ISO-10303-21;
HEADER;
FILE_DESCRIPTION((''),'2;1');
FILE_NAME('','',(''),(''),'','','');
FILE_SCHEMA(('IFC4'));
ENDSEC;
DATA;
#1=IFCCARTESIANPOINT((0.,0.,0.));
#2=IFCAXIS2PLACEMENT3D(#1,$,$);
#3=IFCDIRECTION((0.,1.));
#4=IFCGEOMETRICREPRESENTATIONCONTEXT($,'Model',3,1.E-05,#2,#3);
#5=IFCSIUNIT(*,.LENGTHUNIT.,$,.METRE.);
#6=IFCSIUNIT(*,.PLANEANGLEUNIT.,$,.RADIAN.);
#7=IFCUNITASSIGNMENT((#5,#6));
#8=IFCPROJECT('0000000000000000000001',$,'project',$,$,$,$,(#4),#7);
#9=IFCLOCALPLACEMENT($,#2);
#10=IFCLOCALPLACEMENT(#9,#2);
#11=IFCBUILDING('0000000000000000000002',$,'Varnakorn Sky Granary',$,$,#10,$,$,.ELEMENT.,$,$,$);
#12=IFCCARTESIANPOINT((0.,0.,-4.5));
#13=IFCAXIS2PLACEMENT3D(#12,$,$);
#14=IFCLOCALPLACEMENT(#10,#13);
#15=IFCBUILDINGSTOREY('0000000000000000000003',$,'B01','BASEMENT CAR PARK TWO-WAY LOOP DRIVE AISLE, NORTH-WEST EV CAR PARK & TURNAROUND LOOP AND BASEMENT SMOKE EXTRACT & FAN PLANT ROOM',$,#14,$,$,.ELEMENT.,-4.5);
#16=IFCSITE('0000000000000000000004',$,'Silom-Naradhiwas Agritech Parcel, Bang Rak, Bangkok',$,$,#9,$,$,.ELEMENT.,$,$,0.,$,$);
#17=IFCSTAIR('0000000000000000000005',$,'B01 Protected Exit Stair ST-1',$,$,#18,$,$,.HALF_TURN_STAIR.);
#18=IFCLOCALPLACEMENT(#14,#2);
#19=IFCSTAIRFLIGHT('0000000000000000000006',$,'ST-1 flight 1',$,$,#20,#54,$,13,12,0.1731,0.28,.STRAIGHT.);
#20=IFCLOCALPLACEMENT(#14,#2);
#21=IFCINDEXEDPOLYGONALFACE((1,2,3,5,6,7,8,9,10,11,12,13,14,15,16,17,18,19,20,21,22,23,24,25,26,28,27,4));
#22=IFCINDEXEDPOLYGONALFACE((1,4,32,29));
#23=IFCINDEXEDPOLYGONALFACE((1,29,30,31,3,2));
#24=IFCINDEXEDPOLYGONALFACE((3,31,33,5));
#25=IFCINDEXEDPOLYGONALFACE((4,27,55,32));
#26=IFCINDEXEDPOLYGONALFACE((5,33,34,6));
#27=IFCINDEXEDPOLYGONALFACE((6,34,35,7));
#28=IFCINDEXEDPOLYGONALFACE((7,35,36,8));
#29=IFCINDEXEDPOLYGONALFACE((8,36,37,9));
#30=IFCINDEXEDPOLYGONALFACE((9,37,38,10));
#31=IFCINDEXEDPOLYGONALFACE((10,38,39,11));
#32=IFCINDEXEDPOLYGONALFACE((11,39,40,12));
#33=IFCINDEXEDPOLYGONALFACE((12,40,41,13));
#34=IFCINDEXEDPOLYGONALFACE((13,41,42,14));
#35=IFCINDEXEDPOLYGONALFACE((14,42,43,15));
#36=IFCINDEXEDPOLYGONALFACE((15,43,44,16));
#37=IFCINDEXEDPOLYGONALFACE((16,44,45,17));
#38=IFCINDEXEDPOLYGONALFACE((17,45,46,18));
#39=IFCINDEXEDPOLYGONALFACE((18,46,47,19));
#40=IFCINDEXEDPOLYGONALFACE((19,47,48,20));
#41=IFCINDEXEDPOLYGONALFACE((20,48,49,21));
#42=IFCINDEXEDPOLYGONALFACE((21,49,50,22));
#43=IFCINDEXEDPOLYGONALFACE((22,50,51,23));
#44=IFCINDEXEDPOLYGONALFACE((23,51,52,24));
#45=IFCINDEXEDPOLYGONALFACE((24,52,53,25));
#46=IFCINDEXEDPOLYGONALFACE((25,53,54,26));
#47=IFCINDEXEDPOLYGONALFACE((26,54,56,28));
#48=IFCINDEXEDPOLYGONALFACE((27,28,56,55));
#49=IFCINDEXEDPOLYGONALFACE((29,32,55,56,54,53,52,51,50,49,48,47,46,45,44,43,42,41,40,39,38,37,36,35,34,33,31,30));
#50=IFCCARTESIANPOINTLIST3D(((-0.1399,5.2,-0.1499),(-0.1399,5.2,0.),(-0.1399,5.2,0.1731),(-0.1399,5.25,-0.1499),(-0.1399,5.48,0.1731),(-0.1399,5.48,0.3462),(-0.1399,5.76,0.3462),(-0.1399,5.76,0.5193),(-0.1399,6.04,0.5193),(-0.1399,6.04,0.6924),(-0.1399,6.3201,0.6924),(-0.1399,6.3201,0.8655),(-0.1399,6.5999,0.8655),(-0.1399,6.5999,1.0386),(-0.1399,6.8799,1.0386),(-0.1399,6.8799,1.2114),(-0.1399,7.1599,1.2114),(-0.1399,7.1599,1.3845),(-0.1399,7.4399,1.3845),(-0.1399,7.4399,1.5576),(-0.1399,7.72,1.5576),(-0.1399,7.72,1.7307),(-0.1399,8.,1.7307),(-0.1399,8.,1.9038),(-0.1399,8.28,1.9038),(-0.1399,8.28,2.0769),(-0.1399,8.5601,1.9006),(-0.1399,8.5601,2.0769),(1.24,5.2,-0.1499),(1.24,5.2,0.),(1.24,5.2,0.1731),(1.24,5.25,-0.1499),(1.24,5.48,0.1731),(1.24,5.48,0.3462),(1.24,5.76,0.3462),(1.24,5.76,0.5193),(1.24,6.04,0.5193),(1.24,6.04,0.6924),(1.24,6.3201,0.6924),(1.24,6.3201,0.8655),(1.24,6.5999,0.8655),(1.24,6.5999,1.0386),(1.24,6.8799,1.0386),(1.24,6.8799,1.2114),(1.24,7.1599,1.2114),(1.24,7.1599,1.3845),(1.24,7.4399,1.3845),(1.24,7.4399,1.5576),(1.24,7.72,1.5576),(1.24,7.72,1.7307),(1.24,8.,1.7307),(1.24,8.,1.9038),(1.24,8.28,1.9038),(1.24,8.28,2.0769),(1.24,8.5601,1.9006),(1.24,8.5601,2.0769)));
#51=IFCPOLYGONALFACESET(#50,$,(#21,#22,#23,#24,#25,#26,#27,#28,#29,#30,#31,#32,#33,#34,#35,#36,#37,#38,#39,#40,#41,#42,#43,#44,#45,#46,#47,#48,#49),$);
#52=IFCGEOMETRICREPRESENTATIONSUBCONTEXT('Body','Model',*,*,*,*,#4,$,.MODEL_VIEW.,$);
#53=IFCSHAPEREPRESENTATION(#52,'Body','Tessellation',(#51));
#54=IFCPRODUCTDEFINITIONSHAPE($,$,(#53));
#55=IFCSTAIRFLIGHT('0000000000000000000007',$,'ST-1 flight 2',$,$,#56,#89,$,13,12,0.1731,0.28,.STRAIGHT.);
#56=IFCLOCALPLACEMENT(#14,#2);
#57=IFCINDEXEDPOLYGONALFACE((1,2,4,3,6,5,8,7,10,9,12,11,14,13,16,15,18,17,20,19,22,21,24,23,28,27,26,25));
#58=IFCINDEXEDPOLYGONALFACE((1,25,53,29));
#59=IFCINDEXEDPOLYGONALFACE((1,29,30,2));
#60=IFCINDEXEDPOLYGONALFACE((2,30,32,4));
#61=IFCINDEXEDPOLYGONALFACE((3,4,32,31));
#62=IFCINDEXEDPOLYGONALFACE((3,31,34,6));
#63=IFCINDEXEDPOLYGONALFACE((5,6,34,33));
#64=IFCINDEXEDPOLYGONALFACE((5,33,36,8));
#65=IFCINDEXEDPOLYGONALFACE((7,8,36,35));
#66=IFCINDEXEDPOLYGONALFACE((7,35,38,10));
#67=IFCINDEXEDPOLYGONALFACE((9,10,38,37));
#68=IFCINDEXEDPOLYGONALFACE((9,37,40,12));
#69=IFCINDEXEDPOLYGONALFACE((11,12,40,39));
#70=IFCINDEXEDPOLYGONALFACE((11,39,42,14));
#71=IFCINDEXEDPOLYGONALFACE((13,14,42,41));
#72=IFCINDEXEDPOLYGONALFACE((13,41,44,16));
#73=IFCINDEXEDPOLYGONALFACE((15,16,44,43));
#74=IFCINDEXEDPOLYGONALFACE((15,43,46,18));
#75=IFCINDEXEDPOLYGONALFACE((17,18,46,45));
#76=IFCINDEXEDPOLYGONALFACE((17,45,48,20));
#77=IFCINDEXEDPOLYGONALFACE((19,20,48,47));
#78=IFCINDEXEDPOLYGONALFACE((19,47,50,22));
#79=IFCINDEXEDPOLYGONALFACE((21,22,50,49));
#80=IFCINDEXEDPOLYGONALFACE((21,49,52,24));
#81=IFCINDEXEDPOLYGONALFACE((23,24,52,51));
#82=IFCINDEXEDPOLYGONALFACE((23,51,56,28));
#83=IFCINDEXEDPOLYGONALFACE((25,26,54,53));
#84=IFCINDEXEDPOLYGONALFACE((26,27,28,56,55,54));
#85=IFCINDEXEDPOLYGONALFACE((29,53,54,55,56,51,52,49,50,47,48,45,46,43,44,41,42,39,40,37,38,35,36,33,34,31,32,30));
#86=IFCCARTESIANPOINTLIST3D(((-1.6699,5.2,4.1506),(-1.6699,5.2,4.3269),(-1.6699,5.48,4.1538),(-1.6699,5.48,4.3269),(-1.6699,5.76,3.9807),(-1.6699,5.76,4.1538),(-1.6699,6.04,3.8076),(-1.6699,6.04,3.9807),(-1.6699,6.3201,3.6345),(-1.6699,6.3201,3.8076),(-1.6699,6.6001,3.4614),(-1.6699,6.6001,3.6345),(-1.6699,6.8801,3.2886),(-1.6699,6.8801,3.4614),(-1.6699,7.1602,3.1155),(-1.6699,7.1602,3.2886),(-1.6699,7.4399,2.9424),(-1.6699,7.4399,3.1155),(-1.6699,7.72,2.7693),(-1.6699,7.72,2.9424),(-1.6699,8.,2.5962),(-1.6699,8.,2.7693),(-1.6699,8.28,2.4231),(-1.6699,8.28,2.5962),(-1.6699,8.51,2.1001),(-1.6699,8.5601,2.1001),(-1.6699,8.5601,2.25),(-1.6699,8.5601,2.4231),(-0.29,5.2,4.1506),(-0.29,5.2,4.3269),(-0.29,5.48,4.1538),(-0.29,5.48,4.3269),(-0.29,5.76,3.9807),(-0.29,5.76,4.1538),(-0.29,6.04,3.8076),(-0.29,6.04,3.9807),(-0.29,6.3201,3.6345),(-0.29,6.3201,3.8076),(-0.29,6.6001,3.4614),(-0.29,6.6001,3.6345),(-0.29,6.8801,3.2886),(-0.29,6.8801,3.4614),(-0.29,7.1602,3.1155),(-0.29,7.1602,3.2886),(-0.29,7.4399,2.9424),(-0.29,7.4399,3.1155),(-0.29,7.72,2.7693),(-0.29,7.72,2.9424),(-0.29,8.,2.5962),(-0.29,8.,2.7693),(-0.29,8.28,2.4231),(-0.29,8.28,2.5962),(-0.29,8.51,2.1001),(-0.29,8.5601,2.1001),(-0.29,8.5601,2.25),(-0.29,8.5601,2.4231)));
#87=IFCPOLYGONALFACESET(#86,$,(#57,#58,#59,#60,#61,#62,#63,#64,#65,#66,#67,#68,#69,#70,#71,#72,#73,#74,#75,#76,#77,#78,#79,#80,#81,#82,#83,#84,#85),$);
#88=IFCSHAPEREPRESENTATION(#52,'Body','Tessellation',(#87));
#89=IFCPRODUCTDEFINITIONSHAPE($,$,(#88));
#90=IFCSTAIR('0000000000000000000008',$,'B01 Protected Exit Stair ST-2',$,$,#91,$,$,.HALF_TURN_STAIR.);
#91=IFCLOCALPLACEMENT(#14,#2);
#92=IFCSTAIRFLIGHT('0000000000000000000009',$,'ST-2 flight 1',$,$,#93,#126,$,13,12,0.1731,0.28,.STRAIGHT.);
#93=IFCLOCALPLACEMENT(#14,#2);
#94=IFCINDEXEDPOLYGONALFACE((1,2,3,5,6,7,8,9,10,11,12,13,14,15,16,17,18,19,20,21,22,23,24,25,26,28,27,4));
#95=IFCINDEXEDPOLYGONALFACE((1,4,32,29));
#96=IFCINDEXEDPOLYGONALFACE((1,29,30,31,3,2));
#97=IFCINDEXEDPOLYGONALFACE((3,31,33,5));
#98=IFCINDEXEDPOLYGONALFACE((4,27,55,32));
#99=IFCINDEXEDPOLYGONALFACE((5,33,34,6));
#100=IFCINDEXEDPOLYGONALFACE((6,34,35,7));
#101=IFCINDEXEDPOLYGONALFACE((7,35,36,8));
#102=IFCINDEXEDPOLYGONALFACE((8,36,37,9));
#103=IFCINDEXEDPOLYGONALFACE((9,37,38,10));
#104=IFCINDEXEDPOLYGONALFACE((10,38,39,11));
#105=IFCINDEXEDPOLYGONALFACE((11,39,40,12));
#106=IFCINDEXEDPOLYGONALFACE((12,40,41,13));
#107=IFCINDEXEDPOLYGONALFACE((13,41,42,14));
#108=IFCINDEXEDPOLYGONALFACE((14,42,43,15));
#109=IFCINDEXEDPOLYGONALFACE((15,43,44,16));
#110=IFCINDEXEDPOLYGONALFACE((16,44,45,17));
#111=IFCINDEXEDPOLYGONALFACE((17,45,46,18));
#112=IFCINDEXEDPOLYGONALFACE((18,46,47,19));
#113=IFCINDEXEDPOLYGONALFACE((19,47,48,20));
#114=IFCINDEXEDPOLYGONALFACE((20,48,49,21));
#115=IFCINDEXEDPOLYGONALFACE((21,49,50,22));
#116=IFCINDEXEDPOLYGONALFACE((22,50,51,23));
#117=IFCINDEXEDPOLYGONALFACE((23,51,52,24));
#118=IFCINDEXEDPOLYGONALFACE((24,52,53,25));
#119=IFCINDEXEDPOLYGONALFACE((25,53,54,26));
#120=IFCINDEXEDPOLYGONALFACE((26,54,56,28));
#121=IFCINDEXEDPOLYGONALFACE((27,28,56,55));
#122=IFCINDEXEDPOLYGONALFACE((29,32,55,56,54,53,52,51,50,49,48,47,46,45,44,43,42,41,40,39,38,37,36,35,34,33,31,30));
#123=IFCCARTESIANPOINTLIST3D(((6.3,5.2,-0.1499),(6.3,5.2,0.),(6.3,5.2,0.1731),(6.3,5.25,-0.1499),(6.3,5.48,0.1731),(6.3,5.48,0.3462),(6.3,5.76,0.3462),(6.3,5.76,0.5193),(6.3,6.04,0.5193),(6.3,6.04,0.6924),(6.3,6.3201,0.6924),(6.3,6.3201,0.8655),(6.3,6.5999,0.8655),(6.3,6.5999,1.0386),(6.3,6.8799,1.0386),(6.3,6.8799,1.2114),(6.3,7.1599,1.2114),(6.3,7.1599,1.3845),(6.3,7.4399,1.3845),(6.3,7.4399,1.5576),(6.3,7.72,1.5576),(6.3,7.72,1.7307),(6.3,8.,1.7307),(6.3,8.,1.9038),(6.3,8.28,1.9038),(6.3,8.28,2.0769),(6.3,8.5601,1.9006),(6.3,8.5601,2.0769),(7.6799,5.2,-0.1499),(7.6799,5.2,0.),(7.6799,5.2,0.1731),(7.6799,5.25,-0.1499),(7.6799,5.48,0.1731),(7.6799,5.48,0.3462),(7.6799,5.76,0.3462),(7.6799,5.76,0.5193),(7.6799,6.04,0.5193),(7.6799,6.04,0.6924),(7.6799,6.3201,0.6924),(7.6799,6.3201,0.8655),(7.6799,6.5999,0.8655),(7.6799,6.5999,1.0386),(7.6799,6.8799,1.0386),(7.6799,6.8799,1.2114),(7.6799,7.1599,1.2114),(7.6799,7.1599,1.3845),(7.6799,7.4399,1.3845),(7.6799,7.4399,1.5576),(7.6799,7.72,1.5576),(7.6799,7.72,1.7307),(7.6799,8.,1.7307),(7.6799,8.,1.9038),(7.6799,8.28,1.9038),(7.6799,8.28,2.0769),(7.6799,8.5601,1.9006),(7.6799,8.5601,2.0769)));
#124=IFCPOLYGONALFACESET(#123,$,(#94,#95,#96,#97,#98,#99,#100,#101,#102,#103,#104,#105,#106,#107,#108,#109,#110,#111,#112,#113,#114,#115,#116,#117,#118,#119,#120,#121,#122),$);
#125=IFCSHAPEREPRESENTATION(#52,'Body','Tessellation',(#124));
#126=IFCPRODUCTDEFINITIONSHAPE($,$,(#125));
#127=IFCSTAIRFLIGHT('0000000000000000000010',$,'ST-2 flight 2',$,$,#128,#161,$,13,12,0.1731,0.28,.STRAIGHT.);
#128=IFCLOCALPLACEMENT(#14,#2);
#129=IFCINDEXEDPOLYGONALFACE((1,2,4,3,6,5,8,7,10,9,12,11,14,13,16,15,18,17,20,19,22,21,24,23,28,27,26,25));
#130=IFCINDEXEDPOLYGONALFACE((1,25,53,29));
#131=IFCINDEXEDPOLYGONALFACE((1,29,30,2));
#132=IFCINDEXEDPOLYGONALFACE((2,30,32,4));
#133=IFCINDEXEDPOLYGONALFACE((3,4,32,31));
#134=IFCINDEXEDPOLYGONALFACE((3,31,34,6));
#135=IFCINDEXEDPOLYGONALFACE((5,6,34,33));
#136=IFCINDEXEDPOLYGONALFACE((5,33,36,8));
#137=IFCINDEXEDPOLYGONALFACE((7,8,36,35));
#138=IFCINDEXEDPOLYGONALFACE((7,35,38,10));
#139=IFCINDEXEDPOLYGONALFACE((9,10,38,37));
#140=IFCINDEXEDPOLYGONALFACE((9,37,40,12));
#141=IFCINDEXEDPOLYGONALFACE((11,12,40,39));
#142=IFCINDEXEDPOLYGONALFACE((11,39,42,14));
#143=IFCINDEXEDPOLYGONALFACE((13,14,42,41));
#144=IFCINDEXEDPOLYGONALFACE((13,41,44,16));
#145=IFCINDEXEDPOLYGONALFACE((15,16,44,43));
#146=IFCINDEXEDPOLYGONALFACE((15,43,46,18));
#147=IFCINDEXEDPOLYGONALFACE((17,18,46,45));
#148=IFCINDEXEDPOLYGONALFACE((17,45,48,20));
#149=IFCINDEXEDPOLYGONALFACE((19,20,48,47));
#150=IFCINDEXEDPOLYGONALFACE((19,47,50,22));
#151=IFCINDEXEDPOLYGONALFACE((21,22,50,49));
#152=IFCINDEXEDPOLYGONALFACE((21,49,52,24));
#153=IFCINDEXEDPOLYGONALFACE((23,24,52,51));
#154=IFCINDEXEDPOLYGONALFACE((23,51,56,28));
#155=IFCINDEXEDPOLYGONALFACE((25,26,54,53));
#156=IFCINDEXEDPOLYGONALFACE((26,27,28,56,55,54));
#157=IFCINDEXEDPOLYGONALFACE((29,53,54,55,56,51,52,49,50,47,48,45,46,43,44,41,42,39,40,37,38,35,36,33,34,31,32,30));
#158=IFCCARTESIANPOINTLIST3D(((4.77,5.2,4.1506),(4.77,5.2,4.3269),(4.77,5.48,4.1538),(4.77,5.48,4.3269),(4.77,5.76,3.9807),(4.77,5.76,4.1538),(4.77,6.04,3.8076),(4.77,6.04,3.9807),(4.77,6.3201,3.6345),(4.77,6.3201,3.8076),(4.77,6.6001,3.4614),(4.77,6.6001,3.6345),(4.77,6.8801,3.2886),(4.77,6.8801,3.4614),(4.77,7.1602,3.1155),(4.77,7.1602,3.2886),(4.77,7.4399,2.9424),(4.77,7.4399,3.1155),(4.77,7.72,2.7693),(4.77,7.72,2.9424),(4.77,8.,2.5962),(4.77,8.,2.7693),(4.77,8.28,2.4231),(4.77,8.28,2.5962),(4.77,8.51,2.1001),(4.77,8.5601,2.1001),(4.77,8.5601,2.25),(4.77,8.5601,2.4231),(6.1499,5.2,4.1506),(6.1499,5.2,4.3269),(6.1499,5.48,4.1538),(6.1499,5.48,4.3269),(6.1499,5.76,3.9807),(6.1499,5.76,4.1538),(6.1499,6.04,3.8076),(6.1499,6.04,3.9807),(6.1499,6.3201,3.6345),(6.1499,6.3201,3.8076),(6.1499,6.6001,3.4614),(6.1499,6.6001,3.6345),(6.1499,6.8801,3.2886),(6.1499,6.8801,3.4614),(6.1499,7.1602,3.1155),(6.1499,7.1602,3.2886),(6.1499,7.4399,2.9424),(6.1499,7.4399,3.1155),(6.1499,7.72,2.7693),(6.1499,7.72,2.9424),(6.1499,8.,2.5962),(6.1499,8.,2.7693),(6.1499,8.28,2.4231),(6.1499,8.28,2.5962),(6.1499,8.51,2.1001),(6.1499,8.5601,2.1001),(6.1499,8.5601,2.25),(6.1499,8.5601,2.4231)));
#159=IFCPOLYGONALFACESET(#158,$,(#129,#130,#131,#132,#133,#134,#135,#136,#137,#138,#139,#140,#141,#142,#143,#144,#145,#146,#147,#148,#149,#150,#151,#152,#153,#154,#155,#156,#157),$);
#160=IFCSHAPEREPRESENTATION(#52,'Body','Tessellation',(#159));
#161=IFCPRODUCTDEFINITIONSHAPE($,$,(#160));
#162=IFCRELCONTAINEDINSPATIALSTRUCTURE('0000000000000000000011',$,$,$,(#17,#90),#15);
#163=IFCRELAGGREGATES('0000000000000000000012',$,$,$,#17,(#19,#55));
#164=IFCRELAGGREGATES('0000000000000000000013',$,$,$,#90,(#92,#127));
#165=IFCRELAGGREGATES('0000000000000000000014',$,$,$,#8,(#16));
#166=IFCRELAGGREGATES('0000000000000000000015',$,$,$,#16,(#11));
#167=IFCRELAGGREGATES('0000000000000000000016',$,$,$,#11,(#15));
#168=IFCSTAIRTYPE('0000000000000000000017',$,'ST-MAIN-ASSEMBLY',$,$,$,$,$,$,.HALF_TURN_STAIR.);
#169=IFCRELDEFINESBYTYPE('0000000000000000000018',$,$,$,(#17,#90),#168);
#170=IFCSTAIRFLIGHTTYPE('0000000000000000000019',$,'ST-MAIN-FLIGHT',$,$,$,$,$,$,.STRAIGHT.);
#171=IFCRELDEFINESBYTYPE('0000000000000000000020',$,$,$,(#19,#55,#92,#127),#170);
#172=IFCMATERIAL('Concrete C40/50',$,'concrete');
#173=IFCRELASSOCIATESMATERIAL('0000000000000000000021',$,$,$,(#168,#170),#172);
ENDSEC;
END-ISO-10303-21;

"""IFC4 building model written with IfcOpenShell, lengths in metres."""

from ifc_helpers import new_model, si_unit, direction, frame, origin, place, context, subcontext, project, spatial, polyline, outline, extrude, material, type_object, element, aggregate, save


model = new_model("IFC4")

# Units and contexts
model_context = context("Model", 3, precision=1e-05, world=origin(), true_north=direction((0.0, 1.0)))
body_context = subcontext(model_context, "Body", "Model", "MODEL_VIEW")
ifc_project = project(units=[si_unit("LENGTHUNIT", "METRE"), si_unit("PLANEANGLEUNIT", "RADIAN")], contexts=[model_context])

# Site, building, storey
site_placement = place(None, origin())
site = spatial("IfcSite", under=ifc_project, at=site_placement, Name="Silom-Naradhiwas Agritech Parcel, Bang Rak, Bangkok", CompositionType="ELEMENT", RefElevation=0.0)
building_placement = place(site_placement, origin())
building = spatial("IfcBuilding", under=site, at=building_placement, Name="Varnakorn Sky Granary", CompositionType="ELEMENT")
storey_placement = place(building_placement, frame((0.0, 0.0, -4.5)))
storey = spatial("IfcBuildingStorey", under=building, at=storey_placement, Name="B01", Description="BASEMENT CAR PARK TWO-WAY LOOP DRIVE AISLE, NORTH-WEST EV CAR PARK & TURNAROUND LOOP AND BASEMENT SMOKE EXTRACT & FAN PLANT ROOM", CompositionType="ELEMENT", Elevation=-4.5)

# Stairs, stair flights
ifc_material_1 = material(Name="Concrete C40/50", Category="concrete")
stair_type = type_object("IfcStairType", Name="ST-MAIN-ASSEMBLY", PredefinedType="HALF_TURN_STAIR", material=ifc_material_1)
stair_1_placement = place(storey_placement, origin())
stair_1 = element("IfcStair", 1, at=stair_1_placement, inside=storey, type_object=stair_type, Name="B01 Protected Exit Stair ST-1", PredefinedType="HALF_TURN_STAIR")
stair_flight_type = type_object("IfcStairFlightType", Name="ST-MAIN-FLIGHT", PredefinedType="STRAIGHT", material=ifc_material_1)
stair_flight_1_placement = place(storey_placement, frame((0.55, 5.2, 0.0), z_axis=(0.0, 0.0, 1.0), x_axis=(0.0, 1.0, 0.0)))
stair_flight_1 = element("IfcStairFlight", 2, at=stair_flight_1_placement, type_object=stair_flight_type, Name="ST-1 flight 1", NumberOfRisers=13, NumberOfTreads=12, PredefinedType="STRAIGHT", RiserHeight=0.1731, TreadLength=0.28, context=body_context, shape_type="SweptSolid", body=[
    extrude(outline(polyline([(0.0, -0.1499), (0.0, 0.0), (0.0, 0.1731), (0.28, 0.1731), (0.28, 0.3462), (0.5601, 0.3462), (0.5601, 0.5193), (0.8401, 0.5193), (0.8401, 0.6924), (1.1201, 0.6924), (1.1201, 0.8655), (1.3999, 0.8655), (1.3999, 1.0386), (1.6799, 1.0386), (1.6799, 1.2114), (1.96, 1.2114), (1.96, 1.3845), (2.24, 1.3845), (2.24, 1.5576), (2.52, 1.5576), (2.52, 1.7307), (2.8, 1.7307), (2.8, 1.9038), (3.0801, 1.9038), (3.0801, 2.0769), (3.3601, 2.0769), (3.3601, 2.25), (3.3601, 1.9006), (0.05, -0.1499), (0.0, -0.1499)])), frame((0.0, 0.6899, 0.0), z_axis=(0.0, -1.0, 0.0), x_axis=(1.0, 0.0, 0.0)), (0.0, 0.0, 1.0), 1.3799),
])
stair_flight_2_placement = place(storey_placement, frame((-0.98, 8.5601, 2.25), z_axis=(0.0, 0.0, 1.0), x_axis=(0.0, -1.0, 0.0)))
stair_flight_2 = element("IfcStairFlight", 3, at=stair_flight_2_placement, type_object=stair_flight_type, Name="ST-1 flight 2", NumberOfRisers=13, NumberOfTreads=12, PredefinedType="STRAIGHT", RiserHeight=0.1731, TreadLength=0.28, context=body_context, shape_type="SweptSolid", body=[
    extrude(outline(polyline([(0.0, -0.1499), (0.0, 0.0), (0.0, 0.1731), (0.28, 0.1731), (0.28, 0.3462), (0.5601, 0.3462), (0.5601, 0.5193), (0.8401, 0.5193), (0.8401, 0.6924), (1.1201, 0.6924), (1.1201, 0.8655), (1.3999, 0.8655), (1.3999, 1.0386), (1.6799, 1.0386), (1.6799, 1.2114), (1.96, 1.2114), (1.96, 1.3845), (2.24, 1.3845), (2.24, 1.5576), (2.52, 1.5576), (2.52, 1.7307), (2.8, 1.7307), (2.8, 1.9038), (3.0801, 1.9038), (3.0801, 2.0769), (3.3601, 2.0769), (3.3601, 2.25), (3.3601, 1.9006), (0.05, -0.1499), (0.0, -0.1499)])), frame((0.0, 0.6899, 0.0), z_axis=(0.0, -1.0, 0.0), x_axis=(1.0, 0.0, 0.0)), (0.0, 0.0, 1.0), 1.3799),
])
aggregate(stair_1, [stair_flight_1, stair_flight_2])
stair_2_placement = place(storey_placement, origin())
stair_2 = element("IfcStair", 4, at=stair_2_placement, inside=storey, type_object=stair_type, Name="B01 Protected Exit Stair ST-2", PredefinedType="HALF_TURN_STAIR")
stair_flight_3_placement = place(storey_placement, frame((6.99, 5.2, 0.0), z_axis=(0.0, 0.0, 1.0), x_axis=(0.0, 1.0, 0.0)))
stair_flight_3 = element("IfcStairFlight", 5, at=stair_flight_3_placement, type_object=stair_flight_type, Name="ST-2 flight 1", NumberOfRisers=13, NumberOfTreads=12, PredefinedType="STRAIGHT", RiserHeight=0.1731, TreadLength=0.28, context=body_context, shape_type="SweptSolid", body=[
    extrude(outline(polyline([(0.0, -0.1499), (0.0, 0.0), (0.0, 0.1731), (0.28, 0.1731), (0.28, 0.3462), (0.5601, 0.3462), (0.5601, 0.5193), (0.8401, 0.5193), (0.8401, 0.6924), (1.1201, 0.6924), (1.1201, 0.8655), (1.3999, 0.8655), (1.3999, 1.0386), (1.6799, 1.0386), (1.6799, 1.2114), (1.96, 1.2114), (1.96, 1.3845), (2.24, 1.3845), (2.24, 1.5576), (2.52, 1.5576), (2.52, 1.7307), (2.8, 1.7307), (2.8, 1.9038), (3.0801, 1.9038), (3.0801, 2.0769), (3.3601, 2.0769), (3.3601, 2.25), (3.3601, 1.9006), (0.05, -0.1499), (0.0, -0.1499)])), frame((0.0, 0.6899, 0.0), z_axis=(0.0, -1.0, 0.0), x_axis=(1.0, 0.0, 0.0)), (0.0, 0.0, 1.0), 1.3799),
])
stair_flight_4_placement = place(storey_placement, frame((5.46, 8.5601, 2.25), z_axis=(0.0, 0.0, 1.0), x_axis=(0.0, -1.0, 0.0)))
stair_flight_4 = element("IfcStairFlight", 6, at=stair_flight_4_placement, type_object=stair_flight_type, Name="ST-2 flight 2", NumberOfRisers=13, NumberOfTreads=12, PredefinedType="STRAIGHT", RiserHeight=0.1731, TreadLength=0.28, context=body_context, shape_type="SweptSolid", body=[
    extrude(outline(polyline([(0.0, -0.1499), (0.0, 0.0), (0.0, 0.1731), (0.28, 0.1731), (0.28, 0.3462), (0.5601, 0.3462), (0.5601, 0.5193), (0.8401, 0.5193), (0.8401, 0.6924), (1.1201, 0.6924), (1.1201, 0.8655), (1.3999, 0.8655), (1.3999, 1.0386), (1.6799, 1.0386), (1.6799, 1.2114), (1.96, 1.2114), (1.96, 1.3845), (2.24, 1.3845), (2.24, 1.5576), (2.52, 1.5576), (2.52, 1.7307), (2.8, 1.7307), (2.8, 1.9038), (3.0801, 1.9038), (3.0801, 2.0769), (3.3601, 2.0769), (3.3601, 2.25), (3.3601, 1.9006), (0.05, -0.1499), (0.0, -0.1499)])), frame((0.0, 0.6899, 0.0), z_axis=(0.0, -1.0, 0.0), x_axis=(1.0, 0.0, 0.0)), (0.0, 0.0, 1.0), 1.3799),
])
aggregate(stair_2, [stair_flight_3, stair_flight_4])

save(model, "model.ifc")
